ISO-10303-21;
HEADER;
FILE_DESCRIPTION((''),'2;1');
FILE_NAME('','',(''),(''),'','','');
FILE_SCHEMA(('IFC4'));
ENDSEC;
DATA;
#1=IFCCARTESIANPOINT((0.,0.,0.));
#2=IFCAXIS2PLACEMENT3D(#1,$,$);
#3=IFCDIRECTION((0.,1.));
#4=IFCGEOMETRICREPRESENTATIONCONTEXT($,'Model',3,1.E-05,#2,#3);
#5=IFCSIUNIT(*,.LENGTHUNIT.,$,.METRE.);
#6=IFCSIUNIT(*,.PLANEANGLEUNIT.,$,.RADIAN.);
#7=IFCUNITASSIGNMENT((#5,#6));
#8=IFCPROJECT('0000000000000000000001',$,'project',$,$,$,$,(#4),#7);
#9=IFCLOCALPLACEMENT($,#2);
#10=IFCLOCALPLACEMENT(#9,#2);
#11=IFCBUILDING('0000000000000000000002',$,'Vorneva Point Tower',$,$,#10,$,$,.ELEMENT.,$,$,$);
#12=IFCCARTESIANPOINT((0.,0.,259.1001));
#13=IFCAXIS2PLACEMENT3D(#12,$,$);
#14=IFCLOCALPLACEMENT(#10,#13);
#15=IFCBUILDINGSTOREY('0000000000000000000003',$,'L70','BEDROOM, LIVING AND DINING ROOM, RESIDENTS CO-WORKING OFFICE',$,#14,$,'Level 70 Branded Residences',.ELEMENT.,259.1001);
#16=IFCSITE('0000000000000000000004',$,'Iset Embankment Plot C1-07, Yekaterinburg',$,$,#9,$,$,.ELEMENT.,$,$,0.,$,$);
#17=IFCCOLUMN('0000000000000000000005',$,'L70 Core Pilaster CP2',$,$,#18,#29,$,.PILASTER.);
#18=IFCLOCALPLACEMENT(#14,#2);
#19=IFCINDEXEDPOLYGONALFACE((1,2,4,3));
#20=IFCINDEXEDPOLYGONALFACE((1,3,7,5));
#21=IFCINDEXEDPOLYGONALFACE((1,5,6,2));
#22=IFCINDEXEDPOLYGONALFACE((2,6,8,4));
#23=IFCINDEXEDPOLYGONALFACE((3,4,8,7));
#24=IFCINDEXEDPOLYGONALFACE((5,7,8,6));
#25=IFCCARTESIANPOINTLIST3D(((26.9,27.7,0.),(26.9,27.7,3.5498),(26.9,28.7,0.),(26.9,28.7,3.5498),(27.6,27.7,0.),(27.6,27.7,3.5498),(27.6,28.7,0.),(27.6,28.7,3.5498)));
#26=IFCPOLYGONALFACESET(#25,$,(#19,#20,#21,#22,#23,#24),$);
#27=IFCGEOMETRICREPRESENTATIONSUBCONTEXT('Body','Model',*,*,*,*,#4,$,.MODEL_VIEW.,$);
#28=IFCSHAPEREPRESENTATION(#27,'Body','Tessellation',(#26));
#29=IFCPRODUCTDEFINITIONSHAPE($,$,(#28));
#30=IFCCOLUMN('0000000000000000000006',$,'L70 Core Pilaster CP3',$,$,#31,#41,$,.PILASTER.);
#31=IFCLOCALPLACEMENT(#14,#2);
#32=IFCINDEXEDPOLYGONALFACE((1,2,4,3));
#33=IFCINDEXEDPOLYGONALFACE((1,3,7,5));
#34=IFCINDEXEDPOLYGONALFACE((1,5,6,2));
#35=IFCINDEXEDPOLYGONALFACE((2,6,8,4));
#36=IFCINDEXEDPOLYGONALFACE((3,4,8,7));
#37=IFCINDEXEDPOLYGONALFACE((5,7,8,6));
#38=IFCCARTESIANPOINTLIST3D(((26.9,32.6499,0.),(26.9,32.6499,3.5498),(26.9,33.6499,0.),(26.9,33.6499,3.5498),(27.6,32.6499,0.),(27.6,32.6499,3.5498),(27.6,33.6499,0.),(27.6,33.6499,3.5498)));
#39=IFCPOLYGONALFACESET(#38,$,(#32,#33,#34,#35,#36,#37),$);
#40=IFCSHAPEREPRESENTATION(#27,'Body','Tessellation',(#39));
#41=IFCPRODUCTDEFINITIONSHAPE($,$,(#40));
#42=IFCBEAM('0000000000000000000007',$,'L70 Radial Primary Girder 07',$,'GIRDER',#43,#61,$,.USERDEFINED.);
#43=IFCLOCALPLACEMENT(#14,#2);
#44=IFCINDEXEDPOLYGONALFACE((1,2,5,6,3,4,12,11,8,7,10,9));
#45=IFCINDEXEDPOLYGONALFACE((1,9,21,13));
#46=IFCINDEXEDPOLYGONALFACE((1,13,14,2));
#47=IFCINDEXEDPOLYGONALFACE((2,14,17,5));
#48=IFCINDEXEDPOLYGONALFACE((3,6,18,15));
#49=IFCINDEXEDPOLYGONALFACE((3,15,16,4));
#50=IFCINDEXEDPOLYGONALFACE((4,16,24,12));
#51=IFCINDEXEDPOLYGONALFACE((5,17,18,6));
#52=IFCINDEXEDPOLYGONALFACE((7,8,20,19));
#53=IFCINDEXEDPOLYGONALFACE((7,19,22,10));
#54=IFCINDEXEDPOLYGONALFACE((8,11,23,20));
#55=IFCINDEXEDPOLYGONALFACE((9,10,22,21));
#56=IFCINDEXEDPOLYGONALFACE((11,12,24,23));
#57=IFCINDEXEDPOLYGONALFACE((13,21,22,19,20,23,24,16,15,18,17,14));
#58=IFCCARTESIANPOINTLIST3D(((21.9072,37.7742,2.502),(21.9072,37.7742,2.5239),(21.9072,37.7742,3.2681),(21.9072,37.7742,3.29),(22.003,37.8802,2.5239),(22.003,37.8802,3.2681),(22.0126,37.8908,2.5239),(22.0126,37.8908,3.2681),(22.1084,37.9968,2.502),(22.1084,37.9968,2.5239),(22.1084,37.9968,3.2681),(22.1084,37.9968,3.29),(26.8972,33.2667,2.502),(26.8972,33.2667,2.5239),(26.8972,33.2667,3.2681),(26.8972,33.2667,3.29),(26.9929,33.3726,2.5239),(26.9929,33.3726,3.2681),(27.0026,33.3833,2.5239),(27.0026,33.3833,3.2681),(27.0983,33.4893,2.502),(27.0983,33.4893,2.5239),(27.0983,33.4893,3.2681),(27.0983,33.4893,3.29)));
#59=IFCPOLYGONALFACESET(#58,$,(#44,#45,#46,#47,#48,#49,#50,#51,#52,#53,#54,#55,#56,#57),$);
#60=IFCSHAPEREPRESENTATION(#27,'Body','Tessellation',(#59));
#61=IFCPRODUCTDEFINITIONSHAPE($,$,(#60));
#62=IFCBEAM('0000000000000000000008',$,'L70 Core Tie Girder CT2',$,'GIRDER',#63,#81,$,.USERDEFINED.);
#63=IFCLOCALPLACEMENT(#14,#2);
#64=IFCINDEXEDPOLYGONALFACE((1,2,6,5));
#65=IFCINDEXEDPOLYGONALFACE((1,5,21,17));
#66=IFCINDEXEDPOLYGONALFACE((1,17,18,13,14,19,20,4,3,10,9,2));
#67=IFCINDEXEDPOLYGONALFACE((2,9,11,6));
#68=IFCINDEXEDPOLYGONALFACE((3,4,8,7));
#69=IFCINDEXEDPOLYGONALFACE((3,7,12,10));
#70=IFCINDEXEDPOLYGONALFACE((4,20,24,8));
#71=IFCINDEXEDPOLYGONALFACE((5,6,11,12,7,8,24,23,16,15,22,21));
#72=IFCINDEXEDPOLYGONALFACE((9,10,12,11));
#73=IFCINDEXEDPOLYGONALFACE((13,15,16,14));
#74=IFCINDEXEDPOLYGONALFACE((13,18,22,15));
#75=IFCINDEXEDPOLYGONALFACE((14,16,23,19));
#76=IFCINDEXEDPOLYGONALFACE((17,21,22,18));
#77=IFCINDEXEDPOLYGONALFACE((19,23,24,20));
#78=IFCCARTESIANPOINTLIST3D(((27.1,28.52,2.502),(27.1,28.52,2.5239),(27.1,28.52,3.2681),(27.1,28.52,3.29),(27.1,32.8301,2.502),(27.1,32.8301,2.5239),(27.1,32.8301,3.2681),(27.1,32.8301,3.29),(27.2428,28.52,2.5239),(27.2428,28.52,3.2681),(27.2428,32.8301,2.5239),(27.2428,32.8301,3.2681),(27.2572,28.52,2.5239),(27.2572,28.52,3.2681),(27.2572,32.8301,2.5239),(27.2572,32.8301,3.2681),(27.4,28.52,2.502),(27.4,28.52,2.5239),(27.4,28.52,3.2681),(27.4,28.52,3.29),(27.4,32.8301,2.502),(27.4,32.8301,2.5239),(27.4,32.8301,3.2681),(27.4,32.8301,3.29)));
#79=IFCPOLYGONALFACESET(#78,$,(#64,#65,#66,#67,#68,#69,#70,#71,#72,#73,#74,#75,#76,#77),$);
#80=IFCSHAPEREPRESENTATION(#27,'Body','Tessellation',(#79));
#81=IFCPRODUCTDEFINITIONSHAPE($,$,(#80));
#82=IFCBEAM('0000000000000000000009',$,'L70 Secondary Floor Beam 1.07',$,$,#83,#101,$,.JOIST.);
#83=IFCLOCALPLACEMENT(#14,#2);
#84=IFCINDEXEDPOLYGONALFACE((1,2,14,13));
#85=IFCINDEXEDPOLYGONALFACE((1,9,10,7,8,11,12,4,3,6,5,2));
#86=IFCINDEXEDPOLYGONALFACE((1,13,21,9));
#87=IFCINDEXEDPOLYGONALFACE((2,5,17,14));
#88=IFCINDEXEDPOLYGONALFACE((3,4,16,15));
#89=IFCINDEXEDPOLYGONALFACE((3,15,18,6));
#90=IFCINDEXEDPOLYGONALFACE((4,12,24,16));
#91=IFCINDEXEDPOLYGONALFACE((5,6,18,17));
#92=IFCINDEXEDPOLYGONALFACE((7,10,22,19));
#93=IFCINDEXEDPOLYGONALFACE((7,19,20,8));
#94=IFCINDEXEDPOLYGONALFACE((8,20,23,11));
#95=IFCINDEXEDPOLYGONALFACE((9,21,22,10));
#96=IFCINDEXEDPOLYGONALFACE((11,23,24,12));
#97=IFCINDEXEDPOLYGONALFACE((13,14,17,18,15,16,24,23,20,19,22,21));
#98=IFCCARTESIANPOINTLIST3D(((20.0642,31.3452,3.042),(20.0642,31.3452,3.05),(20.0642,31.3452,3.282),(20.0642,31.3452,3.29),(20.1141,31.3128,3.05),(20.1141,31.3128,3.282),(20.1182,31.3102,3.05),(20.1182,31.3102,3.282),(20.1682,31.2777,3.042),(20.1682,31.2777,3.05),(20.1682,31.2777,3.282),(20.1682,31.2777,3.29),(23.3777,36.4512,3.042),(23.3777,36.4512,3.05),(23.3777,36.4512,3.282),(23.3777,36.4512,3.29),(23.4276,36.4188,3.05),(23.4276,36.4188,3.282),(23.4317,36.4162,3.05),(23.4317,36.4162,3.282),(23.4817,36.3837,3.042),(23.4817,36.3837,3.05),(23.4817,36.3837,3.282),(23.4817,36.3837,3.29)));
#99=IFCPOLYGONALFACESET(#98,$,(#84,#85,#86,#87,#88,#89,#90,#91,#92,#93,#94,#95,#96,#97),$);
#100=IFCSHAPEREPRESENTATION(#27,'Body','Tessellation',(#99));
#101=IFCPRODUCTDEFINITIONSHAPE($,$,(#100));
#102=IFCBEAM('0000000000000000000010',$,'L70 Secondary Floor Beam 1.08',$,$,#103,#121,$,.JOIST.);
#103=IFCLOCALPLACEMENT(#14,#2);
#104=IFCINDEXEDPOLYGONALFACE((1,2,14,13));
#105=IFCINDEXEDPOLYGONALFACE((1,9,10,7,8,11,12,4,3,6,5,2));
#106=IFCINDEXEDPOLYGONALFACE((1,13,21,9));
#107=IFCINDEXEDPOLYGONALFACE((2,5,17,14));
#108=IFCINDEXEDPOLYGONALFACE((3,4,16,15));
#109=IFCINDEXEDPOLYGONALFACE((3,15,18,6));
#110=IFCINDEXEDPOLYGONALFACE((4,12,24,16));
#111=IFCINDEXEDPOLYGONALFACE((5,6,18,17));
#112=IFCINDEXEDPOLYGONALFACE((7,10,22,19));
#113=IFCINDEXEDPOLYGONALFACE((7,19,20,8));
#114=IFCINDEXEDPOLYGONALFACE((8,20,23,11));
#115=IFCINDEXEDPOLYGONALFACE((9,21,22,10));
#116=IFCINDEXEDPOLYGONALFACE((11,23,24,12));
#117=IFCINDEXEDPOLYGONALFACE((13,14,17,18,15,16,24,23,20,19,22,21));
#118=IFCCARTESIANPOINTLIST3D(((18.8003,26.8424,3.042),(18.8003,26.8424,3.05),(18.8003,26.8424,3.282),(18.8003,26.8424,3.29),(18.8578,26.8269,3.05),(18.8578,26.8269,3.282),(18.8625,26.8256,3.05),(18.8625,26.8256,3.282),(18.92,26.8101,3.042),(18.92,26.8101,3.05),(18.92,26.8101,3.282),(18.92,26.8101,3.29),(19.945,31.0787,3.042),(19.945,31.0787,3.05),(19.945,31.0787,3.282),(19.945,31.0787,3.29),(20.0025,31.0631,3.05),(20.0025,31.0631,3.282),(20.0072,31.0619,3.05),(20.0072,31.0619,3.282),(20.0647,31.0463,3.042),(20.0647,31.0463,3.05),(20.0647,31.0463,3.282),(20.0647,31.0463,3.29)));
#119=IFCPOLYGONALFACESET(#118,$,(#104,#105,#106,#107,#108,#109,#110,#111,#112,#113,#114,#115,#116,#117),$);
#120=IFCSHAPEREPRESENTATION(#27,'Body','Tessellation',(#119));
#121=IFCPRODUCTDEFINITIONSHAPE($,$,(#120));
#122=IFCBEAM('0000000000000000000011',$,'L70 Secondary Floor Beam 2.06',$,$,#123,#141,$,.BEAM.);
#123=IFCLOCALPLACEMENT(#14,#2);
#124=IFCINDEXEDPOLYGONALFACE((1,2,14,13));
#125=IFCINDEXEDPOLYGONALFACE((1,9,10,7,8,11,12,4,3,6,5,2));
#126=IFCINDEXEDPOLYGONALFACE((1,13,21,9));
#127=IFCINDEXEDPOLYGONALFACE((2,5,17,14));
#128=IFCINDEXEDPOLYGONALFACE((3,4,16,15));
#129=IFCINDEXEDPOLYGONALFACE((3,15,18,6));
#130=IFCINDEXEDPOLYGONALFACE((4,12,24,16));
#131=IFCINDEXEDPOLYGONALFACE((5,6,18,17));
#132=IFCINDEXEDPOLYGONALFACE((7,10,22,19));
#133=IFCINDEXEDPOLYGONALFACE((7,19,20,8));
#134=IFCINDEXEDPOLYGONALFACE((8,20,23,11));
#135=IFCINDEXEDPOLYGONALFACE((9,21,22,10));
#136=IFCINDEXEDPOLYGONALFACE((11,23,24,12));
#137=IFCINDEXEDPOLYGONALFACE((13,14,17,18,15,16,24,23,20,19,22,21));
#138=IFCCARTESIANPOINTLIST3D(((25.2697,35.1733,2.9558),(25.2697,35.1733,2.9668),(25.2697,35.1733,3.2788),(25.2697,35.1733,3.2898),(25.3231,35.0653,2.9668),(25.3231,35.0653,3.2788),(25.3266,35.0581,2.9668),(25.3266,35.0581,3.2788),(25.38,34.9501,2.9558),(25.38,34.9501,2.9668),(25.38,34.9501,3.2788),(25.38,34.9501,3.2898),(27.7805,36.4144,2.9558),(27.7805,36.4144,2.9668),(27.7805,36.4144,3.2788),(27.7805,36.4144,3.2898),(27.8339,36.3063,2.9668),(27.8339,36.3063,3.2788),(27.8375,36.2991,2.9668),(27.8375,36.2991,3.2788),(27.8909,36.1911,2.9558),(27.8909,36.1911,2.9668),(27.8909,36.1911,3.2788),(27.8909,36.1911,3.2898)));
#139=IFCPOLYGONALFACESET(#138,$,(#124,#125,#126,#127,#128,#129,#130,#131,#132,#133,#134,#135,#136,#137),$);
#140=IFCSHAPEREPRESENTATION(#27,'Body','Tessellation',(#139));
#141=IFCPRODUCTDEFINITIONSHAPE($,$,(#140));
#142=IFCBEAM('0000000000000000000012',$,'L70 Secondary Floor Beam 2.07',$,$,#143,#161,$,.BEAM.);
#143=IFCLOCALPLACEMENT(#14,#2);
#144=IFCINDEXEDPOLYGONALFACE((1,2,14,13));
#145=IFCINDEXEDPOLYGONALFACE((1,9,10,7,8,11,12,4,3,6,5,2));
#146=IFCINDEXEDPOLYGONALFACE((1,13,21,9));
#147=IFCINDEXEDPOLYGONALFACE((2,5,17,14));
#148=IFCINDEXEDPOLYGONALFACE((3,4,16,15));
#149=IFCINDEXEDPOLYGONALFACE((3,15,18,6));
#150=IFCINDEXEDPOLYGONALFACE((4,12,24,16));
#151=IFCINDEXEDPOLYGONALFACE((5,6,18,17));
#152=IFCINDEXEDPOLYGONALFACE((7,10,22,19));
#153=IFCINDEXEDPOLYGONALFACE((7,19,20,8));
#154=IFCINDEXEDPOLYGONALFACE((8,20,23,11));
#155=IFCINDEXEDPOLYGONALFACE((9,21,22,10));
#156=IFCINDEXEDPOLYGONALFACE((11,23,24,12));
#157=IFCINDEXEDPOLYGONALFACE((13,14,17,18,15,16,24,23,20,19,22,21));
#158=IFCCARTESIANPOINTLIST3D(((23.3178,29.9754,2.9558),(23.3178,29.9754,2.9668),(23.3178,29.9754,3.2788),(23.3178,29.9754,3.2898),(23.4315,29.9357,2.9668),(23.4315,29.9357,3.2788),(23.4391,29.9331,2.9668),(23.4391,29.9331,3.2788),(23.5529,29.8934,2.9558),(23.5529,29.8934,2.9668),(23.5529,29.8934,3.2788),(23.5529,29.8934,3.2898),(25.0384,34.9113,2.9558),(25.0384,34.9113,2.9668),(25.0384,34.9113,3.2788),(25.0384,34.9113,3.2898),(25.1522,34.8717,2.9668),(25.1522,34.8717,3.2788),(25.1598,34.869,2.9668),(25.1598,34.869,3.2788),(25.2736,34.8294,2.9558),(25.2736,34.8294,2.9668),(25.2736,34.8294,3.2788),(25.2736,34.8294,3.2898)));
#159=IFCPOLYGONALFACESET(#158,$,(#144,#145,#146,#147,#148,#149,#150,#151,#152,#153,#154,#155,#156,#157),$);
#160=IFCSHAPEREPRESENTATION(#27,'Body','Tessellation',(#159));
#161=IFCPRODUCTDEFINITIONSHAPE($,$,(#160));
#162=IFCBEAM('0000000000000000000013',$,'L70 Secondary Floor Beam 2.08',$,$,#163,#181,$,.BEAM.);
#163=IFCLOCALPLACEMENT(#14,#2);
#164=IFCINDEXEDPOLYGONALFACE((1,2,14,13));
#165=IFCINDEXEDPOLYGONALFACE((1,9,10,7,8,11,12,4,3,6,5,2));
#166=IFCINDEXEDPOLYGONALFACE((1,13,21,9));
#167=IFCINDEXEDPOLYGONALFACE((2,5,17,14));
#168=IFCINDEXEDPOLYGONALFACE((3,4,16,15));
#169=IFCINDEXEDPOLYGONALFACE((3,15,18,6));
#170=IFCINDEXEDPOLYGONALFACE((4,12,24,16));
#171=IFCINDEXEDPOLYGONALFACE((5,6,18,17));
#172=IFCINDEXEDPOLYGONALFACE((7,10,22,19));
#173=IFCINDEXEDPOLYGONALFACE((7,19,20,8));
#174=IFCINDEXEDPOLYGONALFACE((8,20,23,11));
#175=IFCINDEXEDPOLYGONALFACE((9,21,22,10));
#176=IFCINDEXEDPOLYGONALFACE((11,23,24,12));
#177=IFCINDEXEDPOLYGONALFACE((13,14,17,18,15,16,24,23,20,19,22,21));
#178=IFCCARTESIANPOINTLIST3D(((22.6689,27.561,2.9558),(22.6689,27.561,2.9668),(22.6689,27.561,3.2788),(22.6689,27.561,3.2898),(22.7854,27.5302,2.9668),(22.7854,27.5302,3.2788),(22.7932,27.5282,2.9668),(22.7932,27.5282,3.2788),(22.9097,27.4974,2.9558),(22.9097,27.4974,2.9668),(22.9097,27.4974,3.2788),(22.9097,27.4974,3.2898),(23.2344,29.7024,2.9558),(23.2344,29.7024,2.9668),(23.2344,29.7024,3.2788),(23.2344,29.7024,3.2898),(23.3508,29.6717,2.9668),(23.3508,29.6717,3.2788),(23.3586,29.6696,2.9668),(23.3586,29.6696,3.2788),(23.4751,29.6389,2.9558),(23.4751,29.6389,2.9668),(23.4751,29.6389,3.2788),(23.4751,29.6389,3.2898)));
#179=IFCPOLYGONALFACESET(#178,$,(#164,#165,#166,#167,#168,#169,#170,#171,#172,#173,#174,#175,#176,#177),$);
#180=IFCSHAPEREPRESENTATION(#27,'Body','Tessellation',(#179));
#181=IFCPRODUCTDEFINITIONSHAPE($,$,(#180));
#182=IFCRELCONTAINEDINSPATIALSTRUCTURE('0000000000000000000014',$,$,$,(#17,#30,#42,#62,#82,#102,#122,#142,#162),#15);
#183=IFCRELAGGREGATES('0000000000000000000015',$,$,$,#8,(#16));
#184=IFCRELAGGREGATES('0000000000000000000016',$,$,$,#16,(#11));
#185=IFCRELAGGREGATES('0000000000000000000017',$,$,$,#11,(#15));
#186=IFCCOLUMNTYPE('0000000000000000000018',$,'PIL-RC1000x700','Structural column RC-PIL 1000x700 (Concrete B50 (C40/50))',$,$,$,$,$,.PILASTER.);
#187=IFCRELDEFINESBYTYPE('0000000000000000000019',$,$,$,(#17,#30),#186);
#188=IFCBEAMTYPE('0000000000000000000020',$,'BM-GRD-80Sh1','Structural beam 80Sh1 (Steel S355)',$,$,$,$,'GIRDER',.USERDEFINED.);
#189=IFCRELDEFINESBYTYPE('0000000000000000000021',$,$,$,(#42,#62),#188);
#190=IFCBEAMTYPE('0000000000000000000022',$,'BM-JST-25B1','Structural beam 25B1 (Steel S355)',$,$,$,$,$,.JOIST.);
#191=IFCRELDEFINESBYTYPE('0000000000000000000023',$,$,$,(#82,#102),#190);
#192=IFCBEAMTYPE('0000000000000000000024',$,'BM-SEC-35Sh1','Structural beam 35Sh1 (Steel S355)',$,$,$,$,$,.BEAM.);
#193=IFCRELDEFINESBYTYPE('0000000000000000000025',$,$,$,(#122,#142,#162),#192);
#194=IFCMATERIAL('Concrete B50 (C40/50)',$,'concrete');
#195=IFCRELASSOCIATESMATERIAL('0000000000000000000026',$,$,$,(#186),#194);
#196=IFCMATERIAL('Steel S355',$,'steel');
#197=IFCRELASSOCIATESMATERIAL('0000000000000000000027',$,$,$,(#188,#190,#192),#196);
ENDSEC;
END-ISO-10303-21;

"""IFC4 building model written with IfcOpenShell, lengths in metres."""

from ifc_helpers import new_model, si_unit, direction, frame, origin, origin_2d, place, context, subcontext, project, spatial, rectangle, i_section, extrude, material, material_profile, profile_set, type_object, element, save


model = new_model("IFC4")

# Units and contexts
model_context = context("Model", 3, precision=1e-05, world=origin(), true_north=direction((0.0, 1.0)))
body_context = subcontext(model_context, "Body", "Model", "MODEL_VIEW")
ifc_project = project(units=[si_unit("LENGTHUNIT", "METRE"), si_unit("PLANEANGLEUNIT", "RADIAN")], contexts=[model_context])

# Site, building, storey
site_placement = place(None, origin())
site = spatial("IfcSite", under=ifc_project, at=site_placement, Name="Iset Embankment Plot C1-07, Yekaterinburg", CompositionType="ELEMENT", RefElevation=0.0)
building_placement = place(site_placement, origin())
building = spatial("IfcBuilding", under=site, at=building_placement, Name="Vorneva Point Tower", CompositionType="ELEMENT")
storey_placement = place(building_placement, frame((0.0, 0.0, 259.1001)))
storey = spatial("IfcBuildingStorey", under=building, at=storey_placement, Name="L70", Description="BEDROOM, LIVING AND DINING ROOM, RESIDENTS CO-WORKING OFFICE", LongName="Level 70 Branded Residences", CompositionType="ELEMENT", Elevation=259.1001)

# Columns
ifc_material_1 = material(Name="Concrete B50 (C40/50)", Category="concrete")
ifc_material_profile_1 = material_profile(ifc_material_1, rectangle(XDim=0.7, YDim=1.0, at=origin_2d()), Name="RC-PIL 1000x700")
ifc_profile_set_1 = profile_set([ifc_material_profile_1], Name="Concrete B50 (C40/50)")
column_type_1 = type_object("IfcColumnType", Name="PIL-RC1000x700", Description="Structural column RC-PIL 1000x700 (Concrete B50 (C40/50))", PredefinedType="PILASTER", material=ifc_profile_set_1)
for number, where, z_axis, x_axis, name in (
    (1, (27.25, 28.2, 0.0), (0.0, 0.0, 1.0), (1.0, 0.0, 0.0), "L70 Core Pilaster CP2"),
    (2, (27.25, 33.1499, 0.0), (0.0, 0.0, 1.0), (1.0, 0.0, 0.0), "L70 Core Pilaster CP3"),
):
    element("IfcColumn", number, at=place(storey_placement, frame(where, z_axis=z_axis, x_axis=x_axis)), inside=storey, type_object=column_type_1, Name=name, PredefinedType="PILASTER", context=body_context, shape_type="SweptSolid", body=[
        extrude(rectangle(XDim=0.7, YDim=1.0, at=origin_2d()), origin(), (0.0, 0.0, 1.0), 3.5498),
    ])

# Beams
ifc_material_2 = material(Name="Steel S355", Category="steel")
ifc_material_profile_2 = material_profile(ifc_material_2, i_section(OverallWidth=0.3, OverallDepth=0.7881, WebThickness=0.0144, FlangeThickness=0.022, at=origin_2d()), Name="80Sh1")
ifc_profile_set_2 = profile_set([ifc_material_profile_2], Name="Steel S355")
beam_type_1 = type_object("IfcBeamType", Name="BM-GRD-80Sh1", Description="Structural beam 80Sh1 (Steel S355)", ElementType="GIRDER", PredefinedType="USERDEFINED", material=ifc_profile_set_2)
beam_1_placement = place(storey_placement, frame((22.0078, 37.8855, 2.896), z_axis=(0.742067, -0.670326, 0.0), x_axis=(0.670326, 0.742067, 0.0)))
element("IfcBeam", 3, at=beam_1_placement, inside=storey, type_object=beam_type_1, Name="L70 Radial Primary Girder 07", ObjectType="GIRDER", PredefinedType="USERDEFINED", context=body_context, shape_type="SweptSolid", body=[
    extrude(i_section(OverallWidth=0.3, OverallDepth=0.7881, WebThickness=0.0144, FlangeThickness=0.022, at=origin_2d()), origin(), (0.0, 0.0, 1.0), 6.7244),
])
beam_2_placement = place(storey_placement, frame((27.25, 28.52, 2.896), z_axis=(0.0, 1.0, 0.0), x_axis=(-1.0, 0.0, 0.0)))
element("IfcBeam", 4, at=beam_2_placement, inside=storey, type_object=beam_type_1, Name="L70 Core Tie Girder CT2", ObjectType="GIRDER", PredefinedType="USERDEFINED", context=body_context, shape_type="SweptSolid", body=[
    extrude(i_section(OverallWidth=0.3, OverallDepth=0.7881, WebThickness=0.0144, FlangeThickness=0.022, at=origin_2d()), origin(), (0.0, 0.0, 1.0), 4.3101),
])
ifc_material_profile_3 = material_profile(ifc_material_2, i_section(OverallWidth=0.124, OverallDepth=0.248, WebThickness=0.0049, FlangeThickness=0.0081, at=origin_2d()), Name="25B1")
ifc_profile_set_3 = profile_set([ifc_material_profile_3], Name="Steel S355")
beam_type_2 = type_object("IfcBeamType", Name="BM-JST-25B1", Description="Structural beam 25B1 (Steel S355)", PredefinedType="JOIST", material=ifc_profile_set_3)
beam_3_placement = place(storey_placement, frame((23.4297, 36.4175, 3.166), z_axis=(-0.544365, -0.838848, 0.0), x_axis=(0.838848, -0.544365, 0.0)))
element("IfcBeam", 5, at=beam_3_placement, inside=storey, type_object=beam_type_2, Name="L70 Secondary Floor Beam 1.07", PredefinedType="JOIST", context=body_context, shape_type="SweptSolid", body=[
    extrude(i_section(OverallWidth=0.124, OverallDepth=0.248, WebThickness=0.0049, FlangeThickness=0.0081, at=origin_2d()), origin(), (0.0, 0.0, 1.0), 6.0869),
])
beam_4_placement = place(storey_placement, frame((20.0049, 31.0625, 3.166), z_axis=(-0.260871, -0.965374, 0.0), x_axis=(0.965374, -0.260871, 0.0)))
element("IfcBeam", 6, at=beam_4_placement, inside=storey, type_object=beam_type_2, Name="L70 Secondary Floor Beam 1.08", PredefinedType="JOIST", context=body_context, shape_type="SweptSolid", body=[
    extrude(i_section(OverallWidth=0.124, OverallDepth=0.248, WebThickness=0.0049, FlangeThickness=0.0081, at=origin_2d()), origin(), (0.0, 0.0, 1.0), 4.3882),
])
ifc_material_profile_4 = material_profile(ifc_material_2, i_section(OverallWidth=0.249, OverallDepth=0.334, WebThickness=0.0081, FlangeThickness=0.011, at=origin_2d()), Name="35Sh1")
ifc_profile_set_4 = profile_set([ifc_material_profile_4], Name="Steel S355")
beam_type_3 = type_object("IfcBeamType", Name="BM-SEC-35Sh1", Description="Structural beam 35Sh1 (Steel S355)", PredefinedType="BEAM", material=ifc_profile_set_4)
beam_5_placement = place(storey_placement, frame((27.8357, 36.3027, 3.1228), z_axis=(-0.896475, -0.443094, 0.0), x_axis=(0.443094, -0.896475, 0.0)))
element("IfcBeam", 7, at=beam_5_placement, inside=storey, type_object=beam_type_3, Name="L70 Secondary Floor Beam 2.06", PredefinedType="BEAM", context=body_context, shape_type="SweptSolid", body=[
    extrude(i_section(OverallWidth=0.249, OverallDepth=0.334, WebThickness=0.0081, FlangeThickness=0.011, at=origin_2d()), origin(), (0.0, 0.0, 1.0), 2.8008),
])
beam_6_placement = place(storey_placement, frame((25.156, 34.8704, 3.1228), z_axis=(-0.329173, -0.94427, 0.0), x_axis=(0.94427, -0.329173, 0.0)))
element("IfcBeam", 8, at=beam_6_placement, inside=storey, type_object=beam_type_3, Name="L70 Secondary Floor Beam 2.07", PredefinedType="BEAM", context=body_context, shape_type="SweptSolid", body=[
    extrude(i_section(OverallWidth=0.249, OverallDepth=0.334, WebThickness=0.0081, FlangeThickness=0.011, at=origin_2d()), origin(), (0.0, 0.0, 1.0), 5.2273),
])
beam_7_placement = place(storey_placement, frame((23.3547, 29.6707, 3.1228), z_axis=(-0.255302, -0.966861, 0.0), x_axis=(0.966861, -0.255302, 0.0)))
element("IfcBeam", 9, at=beam_7_placement, inside=storey, type_object=beam_type_3, Name="L70 Secondary Floor Beam 2.08", PredefinedType="BEAM", context=body_context, shape_type="SweptSolid", body=[
    extrude(i_section(OverallWidth=0.249, OverallDepth=0.334, WebThickness=0.0081, FlangeThickness=0.011, at=origin_2d()), origin(), (0.0, 0.0, 1.0), 2.2148),
])

save(model, "model.ifc")
